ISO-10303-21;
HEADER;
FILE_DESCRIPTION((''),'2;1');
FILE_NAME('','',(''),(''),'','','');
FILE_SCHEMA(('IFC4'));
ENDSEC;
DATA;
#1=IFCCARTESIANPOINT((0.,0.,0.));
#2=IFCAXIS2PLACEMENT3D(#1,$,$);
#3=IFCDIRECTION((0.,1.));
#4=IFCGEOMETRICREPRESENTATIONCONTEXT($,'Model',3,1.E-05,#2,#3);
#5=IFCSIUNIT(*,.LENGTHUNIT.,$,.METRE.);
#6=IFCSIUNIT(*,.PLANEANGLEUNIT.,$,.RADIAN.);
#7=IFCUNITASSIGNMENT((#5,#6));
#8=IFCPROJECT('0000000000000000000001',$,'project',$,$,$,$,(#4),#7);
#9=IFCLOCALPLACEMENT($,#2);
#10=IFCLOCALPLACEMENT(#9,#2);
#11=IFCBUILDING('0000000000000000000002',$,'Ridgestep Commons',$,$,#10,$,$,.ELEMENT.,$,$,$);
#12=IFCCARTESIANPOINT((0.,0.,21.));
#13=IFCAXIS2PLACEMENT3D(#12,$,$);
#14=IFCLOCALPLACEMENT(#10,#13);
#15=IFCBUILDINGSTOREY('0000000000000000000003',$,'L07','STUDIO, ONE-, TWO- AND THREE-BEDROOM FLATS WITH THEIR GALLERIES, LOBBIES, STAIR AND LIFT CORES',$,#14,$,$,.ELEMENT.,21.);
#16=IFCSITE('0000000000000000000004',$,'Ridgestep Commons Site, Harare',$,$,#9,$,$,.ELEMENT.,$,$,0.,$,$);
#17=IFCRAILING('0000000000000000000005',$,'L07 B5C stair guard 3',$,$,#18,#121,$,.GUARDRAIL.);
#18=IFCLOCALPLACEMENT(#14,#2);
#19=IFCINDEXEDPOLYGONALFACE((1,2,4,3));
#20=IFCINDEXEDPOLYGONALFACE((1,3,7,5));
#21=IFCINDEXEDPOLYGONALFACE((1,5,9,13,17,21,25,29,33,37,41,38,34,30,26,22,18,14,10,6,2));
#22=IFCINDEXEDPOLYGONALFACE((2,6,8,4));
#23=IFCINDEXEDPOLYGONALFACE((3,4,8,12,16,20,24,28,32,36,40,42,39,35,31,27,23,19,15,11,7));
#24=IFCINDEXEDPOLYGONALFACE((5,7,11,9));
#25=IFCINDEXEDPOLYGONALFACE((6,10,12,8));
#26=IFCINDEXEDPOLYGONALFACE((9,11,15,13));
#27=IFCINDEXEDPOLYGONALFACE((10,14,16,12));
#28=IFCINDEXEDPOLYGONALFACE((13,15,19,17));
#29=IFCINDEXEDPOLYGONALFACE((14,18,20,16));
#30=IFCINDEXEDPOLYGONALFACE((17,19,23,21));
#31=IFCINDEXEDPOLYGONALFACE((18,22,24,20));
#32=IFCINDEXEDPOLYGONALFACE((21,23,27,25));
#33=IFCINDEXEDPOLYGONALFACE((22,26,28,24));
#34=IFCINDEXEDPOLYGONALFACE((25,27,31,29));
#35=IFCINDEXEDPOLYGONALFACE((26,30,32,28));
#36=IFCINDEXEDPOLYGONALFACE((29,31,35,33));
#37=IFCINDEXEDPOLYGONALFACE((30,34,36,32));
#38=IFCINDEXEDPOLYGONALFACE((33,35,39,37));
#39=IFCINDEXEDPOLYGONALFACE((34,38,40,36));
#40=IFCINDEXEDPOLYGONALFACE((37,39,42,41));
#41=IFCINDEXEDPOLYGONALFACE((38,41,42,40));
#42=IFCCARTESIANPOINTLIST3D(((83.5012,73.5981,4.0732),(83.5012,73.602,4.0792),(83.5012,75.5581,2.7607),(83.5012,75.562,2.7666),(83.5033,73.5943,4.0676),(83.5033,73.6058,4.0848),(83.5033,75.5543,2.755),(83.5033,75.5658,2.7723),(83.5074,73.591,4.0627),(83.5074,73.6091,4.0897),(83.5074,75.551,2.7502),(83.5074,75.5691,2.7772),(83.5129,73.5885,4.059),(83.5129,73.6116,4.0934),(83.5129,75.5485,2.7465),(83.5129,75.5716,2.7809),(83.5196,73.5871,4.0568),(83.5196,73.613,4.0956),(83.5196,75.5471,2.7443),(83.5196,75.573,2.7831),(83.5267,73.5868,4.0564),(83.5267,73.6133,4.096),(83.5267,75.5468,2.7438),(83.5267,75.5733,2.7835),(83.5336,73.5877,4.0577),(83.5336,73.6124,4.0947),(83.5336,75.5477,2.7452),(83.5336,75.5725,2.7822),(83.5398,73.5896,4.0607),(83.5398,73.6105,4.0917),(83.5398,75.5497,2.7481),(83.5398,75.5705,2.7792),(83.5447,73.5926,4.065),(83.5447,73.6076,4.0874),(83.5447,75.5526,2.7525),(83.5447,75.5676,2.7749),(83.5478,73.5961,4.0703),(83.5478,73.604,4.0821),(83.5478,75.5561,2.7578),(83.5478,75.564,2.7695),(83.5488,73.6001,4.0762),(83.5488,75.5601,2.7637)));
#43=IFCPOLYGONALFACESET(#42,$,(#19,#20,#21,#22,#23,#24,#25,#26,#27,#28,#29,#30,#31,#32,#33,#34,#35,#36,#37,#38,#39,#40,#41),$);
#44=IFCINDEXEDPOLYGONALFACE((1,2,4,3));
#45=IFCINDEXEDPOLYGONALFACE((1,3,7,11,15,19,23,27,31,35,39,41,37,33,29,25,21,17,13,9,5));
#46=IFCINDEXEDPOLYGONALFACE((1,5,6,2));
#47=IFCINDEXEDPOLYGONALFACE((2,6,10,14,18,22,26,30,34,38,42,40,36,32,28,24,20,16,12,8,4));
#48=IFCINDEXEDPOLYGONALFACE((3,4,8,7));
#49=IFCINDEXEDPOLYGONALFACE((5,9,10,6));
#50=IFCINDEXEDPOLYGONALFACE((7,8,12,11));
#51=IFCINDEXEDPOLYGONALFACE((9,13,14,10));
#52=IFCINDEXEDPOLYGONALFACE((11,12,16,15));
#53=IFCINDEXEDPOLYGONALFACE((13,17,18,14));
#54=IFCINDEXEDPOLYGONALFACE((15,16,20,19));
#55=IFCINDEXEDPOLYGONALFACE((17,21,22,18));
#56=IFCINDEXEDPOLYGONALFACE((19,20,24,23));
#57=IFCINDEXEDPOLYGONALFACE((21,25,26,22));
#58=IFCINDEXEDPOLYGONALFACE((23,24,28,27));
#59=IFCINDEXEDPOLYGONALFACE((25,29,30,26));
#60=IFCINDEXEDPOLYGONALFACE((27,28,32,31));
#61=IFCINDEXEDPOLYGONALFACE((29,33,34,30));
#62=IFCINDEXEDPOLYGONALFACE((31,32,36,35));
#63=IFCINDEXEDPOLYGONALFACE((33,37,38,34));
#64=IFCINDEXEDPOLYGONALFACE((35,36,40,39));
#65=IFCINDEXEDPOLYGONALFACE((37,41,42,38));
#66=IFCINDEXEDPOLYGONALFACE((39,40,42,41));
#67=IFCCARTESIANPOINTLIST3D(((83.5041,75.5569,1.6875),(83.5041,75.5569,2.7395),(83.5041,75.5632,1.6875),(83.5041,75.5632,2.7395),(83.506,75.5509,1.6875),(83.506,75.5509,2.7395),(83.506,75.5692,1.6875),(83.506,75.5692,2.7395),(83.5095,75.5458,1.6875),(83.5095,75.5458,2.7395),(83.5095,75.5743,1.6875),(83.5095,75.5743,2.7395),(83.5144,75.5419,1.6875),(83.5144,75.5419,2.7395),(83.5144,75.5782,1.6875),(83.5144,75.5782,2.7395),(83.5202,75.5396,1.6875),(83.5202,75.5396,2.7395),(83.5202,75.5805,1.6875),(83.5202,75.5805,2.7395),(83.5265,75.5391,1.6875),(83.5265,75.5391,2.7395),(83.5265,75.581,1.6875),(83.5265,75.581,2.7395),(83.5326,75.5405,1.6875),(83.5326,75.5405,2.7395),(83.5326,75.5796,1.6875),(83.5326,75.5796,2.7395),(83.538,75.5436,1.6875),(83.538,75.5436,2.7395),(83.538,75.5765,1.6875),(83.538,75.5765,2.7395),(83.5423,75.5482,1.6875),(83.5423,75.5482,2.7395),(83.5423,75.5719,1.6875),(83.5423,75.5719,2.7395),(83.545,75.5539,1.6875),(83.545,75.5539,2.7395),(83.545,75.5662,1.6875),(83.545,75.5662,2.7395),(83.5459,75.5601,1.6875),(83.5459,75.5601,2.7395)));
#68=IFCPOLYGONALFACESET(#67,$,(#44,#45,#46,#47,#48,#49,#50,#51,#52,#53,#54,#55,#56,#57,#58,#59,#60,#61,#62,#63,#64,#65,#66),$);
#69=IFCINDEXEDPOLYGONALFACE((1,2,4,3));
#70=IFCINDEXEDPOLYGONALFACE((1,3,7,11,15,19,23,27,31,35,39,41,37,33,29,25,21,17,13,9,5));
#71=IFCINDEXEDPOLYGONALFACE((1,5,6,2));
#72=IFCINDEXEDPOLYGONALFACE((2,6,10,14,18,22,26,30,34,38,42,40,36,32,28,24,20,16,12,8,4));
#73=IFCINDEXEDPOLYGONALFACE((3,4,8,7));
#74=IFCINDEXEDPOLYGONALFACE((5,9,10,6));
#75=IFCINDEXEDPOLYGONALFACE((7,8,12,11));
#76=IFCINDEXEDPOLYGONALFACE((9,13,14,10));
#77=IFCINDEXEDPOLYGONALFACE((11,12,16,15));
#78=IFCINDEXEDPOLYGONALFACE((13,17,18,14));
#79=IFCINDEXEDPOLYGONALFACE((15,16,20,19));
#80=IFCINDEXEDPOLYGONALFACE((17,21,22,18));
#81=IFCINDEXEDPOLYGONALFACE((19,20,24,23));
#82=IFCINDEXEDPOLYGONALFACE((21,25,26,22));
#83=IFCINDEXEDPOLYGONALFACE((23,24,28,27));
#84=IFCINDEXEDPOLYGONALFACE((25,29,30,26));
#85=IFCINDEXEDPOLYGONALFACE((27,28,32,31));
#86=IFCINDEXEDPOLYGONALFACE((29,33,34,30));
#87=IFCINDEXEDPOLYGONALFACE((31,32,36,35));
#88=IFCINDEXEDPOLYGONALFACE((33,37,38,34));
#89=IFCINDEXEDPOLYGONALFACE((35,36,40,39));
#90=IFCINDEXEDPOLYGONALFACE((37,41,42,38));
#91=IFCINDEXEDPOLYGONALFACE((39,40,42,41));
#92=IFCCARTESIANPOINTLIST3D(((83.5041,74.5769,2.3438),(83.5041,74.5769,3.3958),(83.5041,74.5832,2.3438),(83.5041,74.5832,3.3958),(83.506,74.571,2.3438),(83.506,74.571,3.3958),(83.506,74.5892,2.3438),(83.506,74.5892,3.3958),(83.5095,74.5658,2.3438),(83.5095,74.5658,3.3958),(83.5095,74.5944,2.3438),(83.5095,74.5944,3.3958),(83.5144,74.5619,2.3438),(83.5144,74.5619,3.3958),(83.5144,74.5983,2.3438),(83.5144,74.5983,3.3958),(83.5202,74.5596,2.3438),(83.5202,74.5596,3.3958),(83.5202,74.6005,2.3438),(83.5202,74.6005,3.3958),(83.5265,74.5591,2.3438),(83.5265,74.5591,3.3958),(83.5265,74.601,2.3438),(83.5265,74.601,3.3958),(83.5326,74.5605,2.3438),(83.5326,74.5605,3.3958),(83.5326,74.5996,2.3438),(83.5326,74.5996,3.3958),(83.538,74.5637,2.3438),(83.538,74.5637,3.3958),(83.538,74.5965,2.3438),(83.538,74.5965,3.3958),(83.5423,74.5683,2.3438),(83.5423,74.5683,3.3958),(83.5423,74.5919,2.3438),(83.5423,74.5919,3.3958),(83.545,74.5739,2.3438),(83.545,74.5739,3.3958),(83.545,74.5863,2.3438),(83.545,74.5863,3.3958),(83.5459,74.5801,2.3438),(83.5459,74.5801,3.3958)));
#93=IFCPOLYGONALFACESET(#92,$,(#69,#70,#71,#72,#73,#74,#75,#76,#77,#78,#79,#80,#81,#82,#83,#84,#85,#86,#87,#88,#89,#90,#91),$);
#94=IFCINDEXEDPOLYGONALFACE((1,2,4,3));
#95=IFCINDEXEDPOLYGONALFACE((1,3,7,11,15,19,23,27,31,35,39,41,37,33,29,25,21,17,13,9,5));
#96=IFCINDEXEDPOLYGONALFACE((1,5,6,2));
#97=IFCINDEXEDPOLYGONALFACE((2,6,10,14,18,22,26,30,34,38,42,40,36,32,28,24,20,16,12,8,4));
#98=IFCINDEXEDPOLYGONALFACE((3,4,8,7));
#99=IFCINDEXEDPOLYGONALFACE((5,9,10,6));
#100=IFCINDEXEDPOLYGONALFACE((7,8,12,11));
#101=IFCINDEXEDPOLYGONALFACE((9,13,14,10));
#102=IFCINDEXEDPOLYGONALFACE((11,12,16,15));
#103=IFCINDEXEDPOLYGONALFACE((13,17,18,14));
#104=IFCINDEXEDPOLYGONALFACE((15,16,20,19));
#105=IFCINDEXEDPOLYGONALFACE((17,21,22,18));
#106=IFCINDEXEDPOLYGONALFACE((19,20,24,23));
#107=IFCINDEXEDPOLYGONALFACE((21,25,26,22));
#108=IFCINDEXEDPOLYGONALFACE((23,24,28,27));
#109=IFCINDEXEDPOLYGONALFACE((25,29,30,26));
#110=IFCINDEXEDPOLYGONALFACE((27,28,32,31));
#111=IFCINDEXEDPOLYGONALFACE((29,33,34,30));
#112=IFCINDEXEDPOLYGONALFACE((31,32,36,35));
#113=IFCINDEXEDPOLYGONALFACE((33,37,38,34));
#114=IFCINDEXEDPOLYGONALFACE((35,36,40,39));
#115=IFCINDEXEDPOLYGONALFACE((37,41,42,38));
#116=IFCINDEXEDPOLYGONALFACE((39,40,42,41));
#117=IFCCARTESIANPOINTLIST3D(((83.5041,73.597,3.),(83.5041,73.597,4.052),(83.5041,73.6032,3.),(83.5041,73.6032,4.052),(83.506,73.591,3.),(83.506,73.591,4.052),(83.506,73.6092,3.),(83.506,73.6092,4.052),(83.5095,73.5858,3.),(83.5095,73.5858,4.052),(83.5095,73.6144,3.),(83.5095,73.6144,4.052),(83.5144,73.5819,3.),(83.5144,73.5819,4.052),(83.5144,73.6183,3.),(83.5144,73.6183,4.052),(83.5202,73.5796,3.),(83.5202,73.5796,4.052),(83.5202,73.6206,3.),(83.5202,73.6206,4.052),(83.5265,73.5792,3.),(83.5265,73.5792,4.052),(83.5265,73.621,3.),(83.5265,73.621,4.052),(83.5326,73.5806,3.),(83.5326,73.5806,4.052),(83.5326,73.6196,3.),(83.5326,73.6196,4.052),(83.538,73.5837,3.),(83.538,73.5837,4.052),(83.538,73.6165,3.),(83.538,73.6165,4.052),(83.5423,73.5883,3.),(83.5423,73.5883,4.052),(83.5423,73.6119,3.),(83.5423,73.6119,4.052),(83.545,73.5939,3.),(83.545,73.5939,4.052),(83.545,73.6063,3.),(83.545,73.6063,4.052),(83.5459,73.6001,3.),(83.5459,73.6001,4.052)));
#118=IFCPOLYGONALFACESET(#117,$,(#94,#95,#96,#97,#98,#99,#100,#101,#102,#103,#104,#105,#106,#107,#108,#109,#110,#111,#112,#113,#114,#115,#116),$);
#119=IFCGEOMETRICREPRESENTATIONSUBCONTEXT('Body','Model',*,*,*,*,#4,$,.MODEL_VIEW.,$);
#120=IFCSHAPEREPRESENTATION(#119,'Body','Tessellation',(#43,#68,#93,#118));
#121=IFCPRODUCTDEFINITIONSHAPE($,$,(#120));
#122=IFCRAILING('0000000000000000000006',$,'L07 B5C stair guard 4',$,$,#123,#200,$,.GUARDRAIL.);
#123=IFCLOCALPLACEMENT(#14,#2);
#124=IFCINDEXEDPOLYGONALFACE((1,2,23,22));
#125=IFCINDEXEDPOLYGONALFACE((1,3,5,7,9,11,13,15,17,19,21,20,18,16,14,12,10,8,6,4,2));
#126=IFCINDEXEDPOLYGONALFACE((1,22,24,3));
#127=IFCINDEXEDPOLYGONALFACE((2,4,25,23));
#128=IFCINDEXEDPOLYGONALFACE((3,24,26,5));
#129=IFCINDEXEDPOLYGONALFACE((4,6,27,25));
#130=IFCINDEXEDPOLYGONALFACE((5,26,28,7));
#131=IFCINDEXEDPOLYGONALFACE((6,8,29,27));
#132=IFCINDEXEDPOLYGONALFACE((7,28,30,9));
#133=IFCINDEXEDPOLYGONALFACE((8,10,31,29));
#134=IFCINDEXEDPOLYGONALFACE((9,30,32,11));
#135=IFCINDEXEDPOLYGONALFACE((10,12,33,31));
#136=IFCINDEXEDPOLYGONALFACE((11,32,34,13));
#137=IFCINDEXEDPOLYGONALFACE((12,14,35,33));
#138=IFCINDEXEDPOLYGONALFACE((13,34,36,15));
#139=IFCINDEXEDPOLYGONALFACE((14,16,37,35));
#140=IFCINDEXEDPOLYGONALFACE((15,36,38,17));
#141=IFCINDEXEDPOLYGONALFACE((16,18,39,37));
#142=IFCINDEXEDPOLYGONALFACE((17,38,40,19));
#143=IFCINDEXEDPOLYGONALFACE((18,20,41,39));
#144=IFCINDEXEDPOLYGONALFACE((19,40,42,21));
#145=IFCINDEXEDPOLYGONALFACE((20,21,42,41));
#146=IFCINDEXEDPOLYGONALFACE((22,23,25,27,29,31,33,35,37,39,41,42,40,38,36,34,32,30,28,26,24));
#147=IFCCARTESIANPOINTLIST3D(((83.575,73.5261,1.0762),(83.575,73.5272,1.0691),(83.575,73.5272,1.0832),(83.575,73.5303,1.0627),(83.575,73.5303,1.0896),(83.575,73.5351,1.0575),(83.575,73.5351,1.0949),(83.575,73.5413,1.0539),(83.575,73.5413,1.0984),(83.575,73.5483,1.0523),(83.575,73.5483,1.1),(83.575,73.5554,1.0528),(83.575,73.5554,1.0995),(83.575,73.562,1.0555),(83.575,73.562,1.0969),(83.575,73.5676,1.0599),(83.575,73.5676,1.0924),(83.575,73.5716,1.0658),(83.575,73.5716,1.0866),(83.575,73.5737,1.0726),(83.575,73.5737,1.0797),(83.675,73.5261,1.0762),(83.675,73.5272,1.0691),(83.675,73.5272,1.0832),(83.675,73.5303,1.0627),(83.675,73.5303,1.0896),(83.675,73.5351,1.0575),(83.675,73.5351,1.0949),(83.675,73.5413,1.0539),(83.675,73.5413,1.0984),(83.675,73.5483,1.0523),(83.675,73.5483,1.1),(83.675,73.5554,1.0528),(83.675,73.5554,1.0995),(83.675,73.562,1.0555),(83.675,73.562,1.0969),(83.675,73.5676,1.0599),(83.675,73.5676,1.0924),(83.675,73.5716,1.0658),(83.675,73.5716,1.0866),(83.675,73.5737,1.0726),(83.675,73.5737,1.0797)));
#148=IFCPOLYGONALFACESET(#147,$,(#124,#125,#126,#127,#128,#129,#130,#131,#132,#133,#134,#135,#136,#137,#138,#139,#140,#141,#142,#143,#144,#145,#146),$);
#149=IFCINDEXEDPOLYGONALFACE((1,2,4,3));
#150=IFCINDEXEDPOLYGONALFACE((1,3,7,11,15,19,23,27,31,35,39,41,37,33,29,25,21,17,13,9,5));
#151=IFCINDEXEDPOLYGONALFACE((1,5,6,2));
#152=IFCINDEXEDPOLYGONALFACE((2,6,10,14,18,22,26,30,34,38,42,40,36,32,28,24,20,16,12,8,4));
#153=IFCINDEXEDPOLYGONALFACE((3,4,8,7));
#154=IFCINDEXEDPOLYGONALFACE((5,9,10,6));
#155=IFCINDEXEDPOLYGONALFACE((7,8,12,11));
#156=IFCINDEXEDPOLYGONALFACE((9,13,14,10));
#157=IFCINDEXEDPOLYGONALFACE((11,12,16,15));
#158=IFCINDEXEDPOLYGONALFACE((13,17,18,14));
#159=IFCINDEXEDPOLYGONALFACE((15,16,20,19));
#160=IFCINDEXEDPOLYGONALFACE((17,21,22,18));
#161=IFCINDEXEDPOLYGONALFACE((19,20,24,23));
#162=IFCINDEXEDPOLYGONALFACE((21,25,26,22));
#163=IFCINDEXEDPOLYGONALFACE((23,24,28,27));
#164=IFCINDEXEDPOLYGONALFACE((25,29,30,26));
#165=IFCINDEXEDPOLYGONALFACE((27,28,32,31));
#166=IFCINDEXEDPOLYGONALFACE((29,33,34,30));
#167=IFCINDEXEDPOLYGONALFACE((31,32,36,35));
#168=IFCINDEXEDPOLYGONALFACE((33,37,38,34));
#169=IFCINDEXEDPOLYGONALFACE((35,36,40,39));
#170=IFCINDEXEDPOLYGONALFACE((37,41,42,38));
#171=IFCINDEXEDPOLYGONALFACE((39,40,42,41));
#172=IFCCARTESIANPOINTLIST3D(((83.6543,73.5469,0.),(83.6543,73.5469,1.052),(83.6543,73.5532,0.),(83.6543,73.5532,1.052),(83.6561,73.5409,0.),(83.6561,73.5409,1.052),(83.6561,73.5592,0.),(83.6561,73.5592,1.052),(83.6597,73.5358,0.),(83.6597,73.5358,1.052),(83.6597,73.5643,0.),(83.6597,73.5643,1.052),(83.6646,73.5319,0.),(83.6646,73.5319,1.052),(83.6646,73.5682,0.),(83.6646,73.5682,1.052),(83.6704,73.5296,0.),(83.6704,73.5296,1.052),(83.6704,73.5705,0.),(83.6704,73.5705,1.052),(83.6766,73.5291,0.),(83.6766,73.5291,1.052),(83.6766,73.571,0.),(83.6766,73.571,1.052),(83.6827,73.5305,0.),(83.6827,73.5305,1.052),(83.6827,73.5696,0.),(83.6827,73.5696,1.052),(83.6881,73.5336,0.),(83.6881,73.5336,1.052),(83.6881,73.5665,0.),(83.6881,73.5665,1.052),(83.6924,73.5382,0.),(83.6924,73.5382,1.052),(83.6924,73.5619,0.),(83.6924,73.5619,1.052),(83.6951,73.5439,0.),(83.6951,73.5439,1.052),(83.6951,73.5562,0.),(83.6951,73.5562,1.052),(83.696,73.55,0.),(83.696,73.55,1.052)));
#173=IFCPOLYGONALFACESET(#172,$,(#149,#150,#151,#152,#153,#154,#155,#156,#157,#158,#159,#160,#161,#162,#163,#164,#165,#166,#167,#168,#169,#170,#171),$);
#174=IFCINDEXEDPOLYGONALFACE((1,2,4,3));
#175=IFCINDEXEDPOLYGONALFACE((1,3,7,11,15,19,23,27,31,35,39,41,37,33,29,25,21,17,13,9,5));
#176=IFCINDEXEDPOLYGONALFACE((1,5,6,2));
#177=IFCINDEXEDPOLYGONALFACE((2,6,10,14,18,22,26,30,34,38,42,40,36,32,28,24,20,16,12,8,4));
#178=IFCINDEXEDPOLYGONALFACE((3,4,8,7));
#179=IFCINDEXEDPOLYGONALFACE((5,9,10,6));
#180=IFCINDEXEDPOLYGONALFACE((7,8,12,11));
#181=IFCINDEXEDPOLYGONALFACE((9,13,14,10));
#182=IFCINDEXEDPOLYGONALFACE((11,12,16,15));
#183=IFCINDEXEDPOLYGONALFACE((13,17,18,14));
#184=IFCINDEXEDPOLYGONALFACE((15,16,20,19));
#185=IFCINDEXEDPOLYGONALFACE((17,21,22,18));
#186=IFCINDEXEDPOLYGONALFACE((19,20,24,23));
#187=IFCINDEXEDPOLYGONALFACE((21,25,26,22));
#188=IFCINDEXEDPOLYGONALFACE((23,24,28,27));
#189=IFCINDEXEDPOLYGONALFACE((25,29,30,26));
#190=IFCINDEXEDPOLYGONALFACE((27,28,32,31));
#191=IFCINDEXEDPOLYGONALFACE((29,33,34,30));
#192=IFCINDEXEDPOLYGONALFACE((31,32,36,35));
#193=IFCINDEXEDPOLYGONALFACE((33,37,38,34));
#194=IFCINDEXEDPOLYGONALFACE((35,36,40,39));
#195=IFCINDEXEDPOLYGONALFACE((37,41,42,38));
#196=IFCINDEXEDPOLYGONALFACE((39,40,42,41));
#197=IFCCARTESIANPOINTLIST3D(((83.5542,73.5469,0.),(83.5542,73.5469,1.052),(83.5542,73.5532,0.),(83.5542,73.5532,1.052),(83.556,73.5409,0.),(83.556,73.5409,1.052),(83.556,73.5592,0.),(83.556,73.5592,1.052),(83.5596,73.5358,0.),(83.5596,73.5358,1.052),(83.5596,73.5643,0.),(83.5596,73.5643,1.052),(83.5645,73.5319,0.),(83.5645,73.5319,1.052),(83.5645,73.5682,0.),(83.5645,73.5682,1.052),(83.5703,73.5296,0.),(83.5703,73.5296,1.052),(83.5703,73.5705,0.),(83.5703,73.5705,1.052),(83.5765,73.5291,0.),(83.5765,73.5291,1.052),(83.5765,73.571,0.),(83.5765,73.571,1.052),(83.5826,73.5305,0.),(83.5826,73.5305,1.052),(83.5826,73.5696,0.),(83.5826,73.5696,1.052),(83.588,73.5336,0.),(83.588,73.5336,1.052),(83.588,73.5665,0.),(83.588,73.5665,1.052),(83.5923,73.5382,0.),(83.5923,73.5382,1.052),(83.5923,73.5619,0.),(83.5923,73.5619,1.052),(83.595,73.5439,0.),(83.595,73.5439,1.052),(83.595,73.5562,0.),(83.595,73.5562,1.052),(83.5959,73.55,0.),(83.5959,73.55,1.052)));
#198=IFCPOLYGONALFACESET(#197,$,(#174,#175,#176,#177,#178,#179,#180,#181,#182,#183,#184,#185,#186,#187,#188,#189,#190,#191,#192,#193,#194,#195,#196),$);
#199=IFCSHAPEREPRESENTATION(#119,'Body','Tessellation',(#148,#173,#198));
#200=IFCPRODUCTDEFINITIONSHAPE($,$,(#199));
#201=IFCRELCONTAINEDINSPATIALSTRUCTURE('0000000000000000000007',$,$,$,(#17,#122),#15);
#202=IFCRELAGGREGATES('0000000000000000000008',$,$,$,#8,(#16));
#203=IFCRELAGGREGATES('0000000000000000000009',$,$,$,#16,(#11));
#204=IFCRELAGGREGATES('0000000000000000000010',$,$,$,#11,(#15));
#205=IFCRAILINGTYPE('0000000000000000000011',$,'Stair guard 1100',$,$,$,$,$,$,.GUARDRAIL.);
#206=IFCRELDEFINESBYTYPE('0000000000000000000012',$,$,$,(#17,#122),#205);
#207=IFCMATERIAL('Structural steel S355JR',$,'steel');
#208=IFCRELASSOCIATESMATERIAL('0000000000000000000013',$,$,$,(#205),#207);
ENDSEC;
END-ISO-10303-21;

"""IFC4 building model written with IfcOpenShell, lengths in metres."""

from ifc_helpers import new_model, si_unit, direction, frame, origin, origin_2d, place, context, subcontext, project, spatial, circle, extrude, material, type_object, element, save


model = new_model("IFC4")

# Units and contexts
model_context = context("Model", 3, precision=1e-05, world=origin(), true_north=direction((0.0, 1.0)))
body_context = subcontext(model_context, "Body", "Model", "MODEL_VIEW")
ifc_project = project(units=[si_unit("LENGTHUNIT", "METRE"), si_unit("PLANEANGLEUNIT", "RADIAN")], contexts=[model_context])

# Site, building, storey
site_placement = place(None, origin())
site = spatial("IfcSite", under=ifc_project, at=site_placement, Name="Ridgestep Commons Site, Harare", CompositionType="ELEMENT", RefElevation=0.0)
building_placement = place(site_placement, origin())
building = spatial("IfcBuilding", under=site, at=building_placement, Name="Ridgestep Commons", CompositionType="ELEMENT")
storey_placement = place(building_placement, frame((0.0, 0.0, 21.0)))
storey = spatial("IfcBuildingStorey", under=building, at=storey_placement, Name="L07", Description="STUDIO, ONE-, TWO- AND THREE-BEDROOM FLATS WITH THEIR GALLERIES, LOBBIES, STAIR AND LIFT CORES", CompositionType="ELEMENT", Elevation=21.0)

# Railings
ifc_material_1 = material(Name="Structural steel S355JR", Category="steel")
railing_type_1 = type_object("IfcRailingType", Name="Stair guard 1100", PredefinedType="GUARDRAIL", material=ifc_material_1)
railing_1_placement = place(storey_placement, frame((83.5249, 75.5601, 1.6875)))
element("IfcRailing", 1, at=railing_1_placement, inside=storey, type_object=railing_type_1, Name="L07 B5C stair guard 3", PredefinedType="GUARDRAIL", context=body_context, shape_type="SweptSolid", body=[
    extrude(circle(Radius=0.0239, at=origin_2d()), frame((0.0, 0.0, 1.0762), z_axis=(0.0, -0.830902, 0.556419), x_axis=(1.0, 0.0, 0.0)), (0.0, 0.0, 1.0), 2.3589),
    extrude(circle(Radius=0.021, at=origin_2d()), origin(), (0.0, 0.0, 1.0), 1.052),
    extrude(circle(Radius=0.021, at=origin_2d()), frame((0.0, -0.98, 0.6562)), (0.0, 0.0, 1.0), 1.052),
    extrude(circle(Radius=0.021, at=origin_2d()), frame((0.0, -1.96, 1.3125)), (0.0, 0.0, 1.0), 1.052),
])
railing_2_placement = place(storey_placement, frame((83.675, 73.55, 0.0)))
element("IfcRailing", 2, at=railing_2_placement, inside=storey, type_object=railing_type_1, Name="L07 B5C stair guard 4", PredefinedType="GUARDRAIL", context=body_context, shape_type="SweptSolid", body=[
    extrude(circle(Radius=0.0239, at=origin_2d()), frame((0.0, 0.0, 1.0762), z_axis=(-1.0, 0.0, 0.0), x_axis=(0.0, -1.0, 0.0)), (0.0, 0.0, 1.0), 0.1001),
    extrude(circle(Radius=0.021, at=origin_2d()), origin(), (0.0, 0.0, 1.0), 1.052),
    extrude(circle(Radius=0.021, at=origin_2d()), frame((-0.1001, 0.0, 0.0)), (0.0, 0.0, 1.0), 1.052),
])

save(model, "model.ifc")
